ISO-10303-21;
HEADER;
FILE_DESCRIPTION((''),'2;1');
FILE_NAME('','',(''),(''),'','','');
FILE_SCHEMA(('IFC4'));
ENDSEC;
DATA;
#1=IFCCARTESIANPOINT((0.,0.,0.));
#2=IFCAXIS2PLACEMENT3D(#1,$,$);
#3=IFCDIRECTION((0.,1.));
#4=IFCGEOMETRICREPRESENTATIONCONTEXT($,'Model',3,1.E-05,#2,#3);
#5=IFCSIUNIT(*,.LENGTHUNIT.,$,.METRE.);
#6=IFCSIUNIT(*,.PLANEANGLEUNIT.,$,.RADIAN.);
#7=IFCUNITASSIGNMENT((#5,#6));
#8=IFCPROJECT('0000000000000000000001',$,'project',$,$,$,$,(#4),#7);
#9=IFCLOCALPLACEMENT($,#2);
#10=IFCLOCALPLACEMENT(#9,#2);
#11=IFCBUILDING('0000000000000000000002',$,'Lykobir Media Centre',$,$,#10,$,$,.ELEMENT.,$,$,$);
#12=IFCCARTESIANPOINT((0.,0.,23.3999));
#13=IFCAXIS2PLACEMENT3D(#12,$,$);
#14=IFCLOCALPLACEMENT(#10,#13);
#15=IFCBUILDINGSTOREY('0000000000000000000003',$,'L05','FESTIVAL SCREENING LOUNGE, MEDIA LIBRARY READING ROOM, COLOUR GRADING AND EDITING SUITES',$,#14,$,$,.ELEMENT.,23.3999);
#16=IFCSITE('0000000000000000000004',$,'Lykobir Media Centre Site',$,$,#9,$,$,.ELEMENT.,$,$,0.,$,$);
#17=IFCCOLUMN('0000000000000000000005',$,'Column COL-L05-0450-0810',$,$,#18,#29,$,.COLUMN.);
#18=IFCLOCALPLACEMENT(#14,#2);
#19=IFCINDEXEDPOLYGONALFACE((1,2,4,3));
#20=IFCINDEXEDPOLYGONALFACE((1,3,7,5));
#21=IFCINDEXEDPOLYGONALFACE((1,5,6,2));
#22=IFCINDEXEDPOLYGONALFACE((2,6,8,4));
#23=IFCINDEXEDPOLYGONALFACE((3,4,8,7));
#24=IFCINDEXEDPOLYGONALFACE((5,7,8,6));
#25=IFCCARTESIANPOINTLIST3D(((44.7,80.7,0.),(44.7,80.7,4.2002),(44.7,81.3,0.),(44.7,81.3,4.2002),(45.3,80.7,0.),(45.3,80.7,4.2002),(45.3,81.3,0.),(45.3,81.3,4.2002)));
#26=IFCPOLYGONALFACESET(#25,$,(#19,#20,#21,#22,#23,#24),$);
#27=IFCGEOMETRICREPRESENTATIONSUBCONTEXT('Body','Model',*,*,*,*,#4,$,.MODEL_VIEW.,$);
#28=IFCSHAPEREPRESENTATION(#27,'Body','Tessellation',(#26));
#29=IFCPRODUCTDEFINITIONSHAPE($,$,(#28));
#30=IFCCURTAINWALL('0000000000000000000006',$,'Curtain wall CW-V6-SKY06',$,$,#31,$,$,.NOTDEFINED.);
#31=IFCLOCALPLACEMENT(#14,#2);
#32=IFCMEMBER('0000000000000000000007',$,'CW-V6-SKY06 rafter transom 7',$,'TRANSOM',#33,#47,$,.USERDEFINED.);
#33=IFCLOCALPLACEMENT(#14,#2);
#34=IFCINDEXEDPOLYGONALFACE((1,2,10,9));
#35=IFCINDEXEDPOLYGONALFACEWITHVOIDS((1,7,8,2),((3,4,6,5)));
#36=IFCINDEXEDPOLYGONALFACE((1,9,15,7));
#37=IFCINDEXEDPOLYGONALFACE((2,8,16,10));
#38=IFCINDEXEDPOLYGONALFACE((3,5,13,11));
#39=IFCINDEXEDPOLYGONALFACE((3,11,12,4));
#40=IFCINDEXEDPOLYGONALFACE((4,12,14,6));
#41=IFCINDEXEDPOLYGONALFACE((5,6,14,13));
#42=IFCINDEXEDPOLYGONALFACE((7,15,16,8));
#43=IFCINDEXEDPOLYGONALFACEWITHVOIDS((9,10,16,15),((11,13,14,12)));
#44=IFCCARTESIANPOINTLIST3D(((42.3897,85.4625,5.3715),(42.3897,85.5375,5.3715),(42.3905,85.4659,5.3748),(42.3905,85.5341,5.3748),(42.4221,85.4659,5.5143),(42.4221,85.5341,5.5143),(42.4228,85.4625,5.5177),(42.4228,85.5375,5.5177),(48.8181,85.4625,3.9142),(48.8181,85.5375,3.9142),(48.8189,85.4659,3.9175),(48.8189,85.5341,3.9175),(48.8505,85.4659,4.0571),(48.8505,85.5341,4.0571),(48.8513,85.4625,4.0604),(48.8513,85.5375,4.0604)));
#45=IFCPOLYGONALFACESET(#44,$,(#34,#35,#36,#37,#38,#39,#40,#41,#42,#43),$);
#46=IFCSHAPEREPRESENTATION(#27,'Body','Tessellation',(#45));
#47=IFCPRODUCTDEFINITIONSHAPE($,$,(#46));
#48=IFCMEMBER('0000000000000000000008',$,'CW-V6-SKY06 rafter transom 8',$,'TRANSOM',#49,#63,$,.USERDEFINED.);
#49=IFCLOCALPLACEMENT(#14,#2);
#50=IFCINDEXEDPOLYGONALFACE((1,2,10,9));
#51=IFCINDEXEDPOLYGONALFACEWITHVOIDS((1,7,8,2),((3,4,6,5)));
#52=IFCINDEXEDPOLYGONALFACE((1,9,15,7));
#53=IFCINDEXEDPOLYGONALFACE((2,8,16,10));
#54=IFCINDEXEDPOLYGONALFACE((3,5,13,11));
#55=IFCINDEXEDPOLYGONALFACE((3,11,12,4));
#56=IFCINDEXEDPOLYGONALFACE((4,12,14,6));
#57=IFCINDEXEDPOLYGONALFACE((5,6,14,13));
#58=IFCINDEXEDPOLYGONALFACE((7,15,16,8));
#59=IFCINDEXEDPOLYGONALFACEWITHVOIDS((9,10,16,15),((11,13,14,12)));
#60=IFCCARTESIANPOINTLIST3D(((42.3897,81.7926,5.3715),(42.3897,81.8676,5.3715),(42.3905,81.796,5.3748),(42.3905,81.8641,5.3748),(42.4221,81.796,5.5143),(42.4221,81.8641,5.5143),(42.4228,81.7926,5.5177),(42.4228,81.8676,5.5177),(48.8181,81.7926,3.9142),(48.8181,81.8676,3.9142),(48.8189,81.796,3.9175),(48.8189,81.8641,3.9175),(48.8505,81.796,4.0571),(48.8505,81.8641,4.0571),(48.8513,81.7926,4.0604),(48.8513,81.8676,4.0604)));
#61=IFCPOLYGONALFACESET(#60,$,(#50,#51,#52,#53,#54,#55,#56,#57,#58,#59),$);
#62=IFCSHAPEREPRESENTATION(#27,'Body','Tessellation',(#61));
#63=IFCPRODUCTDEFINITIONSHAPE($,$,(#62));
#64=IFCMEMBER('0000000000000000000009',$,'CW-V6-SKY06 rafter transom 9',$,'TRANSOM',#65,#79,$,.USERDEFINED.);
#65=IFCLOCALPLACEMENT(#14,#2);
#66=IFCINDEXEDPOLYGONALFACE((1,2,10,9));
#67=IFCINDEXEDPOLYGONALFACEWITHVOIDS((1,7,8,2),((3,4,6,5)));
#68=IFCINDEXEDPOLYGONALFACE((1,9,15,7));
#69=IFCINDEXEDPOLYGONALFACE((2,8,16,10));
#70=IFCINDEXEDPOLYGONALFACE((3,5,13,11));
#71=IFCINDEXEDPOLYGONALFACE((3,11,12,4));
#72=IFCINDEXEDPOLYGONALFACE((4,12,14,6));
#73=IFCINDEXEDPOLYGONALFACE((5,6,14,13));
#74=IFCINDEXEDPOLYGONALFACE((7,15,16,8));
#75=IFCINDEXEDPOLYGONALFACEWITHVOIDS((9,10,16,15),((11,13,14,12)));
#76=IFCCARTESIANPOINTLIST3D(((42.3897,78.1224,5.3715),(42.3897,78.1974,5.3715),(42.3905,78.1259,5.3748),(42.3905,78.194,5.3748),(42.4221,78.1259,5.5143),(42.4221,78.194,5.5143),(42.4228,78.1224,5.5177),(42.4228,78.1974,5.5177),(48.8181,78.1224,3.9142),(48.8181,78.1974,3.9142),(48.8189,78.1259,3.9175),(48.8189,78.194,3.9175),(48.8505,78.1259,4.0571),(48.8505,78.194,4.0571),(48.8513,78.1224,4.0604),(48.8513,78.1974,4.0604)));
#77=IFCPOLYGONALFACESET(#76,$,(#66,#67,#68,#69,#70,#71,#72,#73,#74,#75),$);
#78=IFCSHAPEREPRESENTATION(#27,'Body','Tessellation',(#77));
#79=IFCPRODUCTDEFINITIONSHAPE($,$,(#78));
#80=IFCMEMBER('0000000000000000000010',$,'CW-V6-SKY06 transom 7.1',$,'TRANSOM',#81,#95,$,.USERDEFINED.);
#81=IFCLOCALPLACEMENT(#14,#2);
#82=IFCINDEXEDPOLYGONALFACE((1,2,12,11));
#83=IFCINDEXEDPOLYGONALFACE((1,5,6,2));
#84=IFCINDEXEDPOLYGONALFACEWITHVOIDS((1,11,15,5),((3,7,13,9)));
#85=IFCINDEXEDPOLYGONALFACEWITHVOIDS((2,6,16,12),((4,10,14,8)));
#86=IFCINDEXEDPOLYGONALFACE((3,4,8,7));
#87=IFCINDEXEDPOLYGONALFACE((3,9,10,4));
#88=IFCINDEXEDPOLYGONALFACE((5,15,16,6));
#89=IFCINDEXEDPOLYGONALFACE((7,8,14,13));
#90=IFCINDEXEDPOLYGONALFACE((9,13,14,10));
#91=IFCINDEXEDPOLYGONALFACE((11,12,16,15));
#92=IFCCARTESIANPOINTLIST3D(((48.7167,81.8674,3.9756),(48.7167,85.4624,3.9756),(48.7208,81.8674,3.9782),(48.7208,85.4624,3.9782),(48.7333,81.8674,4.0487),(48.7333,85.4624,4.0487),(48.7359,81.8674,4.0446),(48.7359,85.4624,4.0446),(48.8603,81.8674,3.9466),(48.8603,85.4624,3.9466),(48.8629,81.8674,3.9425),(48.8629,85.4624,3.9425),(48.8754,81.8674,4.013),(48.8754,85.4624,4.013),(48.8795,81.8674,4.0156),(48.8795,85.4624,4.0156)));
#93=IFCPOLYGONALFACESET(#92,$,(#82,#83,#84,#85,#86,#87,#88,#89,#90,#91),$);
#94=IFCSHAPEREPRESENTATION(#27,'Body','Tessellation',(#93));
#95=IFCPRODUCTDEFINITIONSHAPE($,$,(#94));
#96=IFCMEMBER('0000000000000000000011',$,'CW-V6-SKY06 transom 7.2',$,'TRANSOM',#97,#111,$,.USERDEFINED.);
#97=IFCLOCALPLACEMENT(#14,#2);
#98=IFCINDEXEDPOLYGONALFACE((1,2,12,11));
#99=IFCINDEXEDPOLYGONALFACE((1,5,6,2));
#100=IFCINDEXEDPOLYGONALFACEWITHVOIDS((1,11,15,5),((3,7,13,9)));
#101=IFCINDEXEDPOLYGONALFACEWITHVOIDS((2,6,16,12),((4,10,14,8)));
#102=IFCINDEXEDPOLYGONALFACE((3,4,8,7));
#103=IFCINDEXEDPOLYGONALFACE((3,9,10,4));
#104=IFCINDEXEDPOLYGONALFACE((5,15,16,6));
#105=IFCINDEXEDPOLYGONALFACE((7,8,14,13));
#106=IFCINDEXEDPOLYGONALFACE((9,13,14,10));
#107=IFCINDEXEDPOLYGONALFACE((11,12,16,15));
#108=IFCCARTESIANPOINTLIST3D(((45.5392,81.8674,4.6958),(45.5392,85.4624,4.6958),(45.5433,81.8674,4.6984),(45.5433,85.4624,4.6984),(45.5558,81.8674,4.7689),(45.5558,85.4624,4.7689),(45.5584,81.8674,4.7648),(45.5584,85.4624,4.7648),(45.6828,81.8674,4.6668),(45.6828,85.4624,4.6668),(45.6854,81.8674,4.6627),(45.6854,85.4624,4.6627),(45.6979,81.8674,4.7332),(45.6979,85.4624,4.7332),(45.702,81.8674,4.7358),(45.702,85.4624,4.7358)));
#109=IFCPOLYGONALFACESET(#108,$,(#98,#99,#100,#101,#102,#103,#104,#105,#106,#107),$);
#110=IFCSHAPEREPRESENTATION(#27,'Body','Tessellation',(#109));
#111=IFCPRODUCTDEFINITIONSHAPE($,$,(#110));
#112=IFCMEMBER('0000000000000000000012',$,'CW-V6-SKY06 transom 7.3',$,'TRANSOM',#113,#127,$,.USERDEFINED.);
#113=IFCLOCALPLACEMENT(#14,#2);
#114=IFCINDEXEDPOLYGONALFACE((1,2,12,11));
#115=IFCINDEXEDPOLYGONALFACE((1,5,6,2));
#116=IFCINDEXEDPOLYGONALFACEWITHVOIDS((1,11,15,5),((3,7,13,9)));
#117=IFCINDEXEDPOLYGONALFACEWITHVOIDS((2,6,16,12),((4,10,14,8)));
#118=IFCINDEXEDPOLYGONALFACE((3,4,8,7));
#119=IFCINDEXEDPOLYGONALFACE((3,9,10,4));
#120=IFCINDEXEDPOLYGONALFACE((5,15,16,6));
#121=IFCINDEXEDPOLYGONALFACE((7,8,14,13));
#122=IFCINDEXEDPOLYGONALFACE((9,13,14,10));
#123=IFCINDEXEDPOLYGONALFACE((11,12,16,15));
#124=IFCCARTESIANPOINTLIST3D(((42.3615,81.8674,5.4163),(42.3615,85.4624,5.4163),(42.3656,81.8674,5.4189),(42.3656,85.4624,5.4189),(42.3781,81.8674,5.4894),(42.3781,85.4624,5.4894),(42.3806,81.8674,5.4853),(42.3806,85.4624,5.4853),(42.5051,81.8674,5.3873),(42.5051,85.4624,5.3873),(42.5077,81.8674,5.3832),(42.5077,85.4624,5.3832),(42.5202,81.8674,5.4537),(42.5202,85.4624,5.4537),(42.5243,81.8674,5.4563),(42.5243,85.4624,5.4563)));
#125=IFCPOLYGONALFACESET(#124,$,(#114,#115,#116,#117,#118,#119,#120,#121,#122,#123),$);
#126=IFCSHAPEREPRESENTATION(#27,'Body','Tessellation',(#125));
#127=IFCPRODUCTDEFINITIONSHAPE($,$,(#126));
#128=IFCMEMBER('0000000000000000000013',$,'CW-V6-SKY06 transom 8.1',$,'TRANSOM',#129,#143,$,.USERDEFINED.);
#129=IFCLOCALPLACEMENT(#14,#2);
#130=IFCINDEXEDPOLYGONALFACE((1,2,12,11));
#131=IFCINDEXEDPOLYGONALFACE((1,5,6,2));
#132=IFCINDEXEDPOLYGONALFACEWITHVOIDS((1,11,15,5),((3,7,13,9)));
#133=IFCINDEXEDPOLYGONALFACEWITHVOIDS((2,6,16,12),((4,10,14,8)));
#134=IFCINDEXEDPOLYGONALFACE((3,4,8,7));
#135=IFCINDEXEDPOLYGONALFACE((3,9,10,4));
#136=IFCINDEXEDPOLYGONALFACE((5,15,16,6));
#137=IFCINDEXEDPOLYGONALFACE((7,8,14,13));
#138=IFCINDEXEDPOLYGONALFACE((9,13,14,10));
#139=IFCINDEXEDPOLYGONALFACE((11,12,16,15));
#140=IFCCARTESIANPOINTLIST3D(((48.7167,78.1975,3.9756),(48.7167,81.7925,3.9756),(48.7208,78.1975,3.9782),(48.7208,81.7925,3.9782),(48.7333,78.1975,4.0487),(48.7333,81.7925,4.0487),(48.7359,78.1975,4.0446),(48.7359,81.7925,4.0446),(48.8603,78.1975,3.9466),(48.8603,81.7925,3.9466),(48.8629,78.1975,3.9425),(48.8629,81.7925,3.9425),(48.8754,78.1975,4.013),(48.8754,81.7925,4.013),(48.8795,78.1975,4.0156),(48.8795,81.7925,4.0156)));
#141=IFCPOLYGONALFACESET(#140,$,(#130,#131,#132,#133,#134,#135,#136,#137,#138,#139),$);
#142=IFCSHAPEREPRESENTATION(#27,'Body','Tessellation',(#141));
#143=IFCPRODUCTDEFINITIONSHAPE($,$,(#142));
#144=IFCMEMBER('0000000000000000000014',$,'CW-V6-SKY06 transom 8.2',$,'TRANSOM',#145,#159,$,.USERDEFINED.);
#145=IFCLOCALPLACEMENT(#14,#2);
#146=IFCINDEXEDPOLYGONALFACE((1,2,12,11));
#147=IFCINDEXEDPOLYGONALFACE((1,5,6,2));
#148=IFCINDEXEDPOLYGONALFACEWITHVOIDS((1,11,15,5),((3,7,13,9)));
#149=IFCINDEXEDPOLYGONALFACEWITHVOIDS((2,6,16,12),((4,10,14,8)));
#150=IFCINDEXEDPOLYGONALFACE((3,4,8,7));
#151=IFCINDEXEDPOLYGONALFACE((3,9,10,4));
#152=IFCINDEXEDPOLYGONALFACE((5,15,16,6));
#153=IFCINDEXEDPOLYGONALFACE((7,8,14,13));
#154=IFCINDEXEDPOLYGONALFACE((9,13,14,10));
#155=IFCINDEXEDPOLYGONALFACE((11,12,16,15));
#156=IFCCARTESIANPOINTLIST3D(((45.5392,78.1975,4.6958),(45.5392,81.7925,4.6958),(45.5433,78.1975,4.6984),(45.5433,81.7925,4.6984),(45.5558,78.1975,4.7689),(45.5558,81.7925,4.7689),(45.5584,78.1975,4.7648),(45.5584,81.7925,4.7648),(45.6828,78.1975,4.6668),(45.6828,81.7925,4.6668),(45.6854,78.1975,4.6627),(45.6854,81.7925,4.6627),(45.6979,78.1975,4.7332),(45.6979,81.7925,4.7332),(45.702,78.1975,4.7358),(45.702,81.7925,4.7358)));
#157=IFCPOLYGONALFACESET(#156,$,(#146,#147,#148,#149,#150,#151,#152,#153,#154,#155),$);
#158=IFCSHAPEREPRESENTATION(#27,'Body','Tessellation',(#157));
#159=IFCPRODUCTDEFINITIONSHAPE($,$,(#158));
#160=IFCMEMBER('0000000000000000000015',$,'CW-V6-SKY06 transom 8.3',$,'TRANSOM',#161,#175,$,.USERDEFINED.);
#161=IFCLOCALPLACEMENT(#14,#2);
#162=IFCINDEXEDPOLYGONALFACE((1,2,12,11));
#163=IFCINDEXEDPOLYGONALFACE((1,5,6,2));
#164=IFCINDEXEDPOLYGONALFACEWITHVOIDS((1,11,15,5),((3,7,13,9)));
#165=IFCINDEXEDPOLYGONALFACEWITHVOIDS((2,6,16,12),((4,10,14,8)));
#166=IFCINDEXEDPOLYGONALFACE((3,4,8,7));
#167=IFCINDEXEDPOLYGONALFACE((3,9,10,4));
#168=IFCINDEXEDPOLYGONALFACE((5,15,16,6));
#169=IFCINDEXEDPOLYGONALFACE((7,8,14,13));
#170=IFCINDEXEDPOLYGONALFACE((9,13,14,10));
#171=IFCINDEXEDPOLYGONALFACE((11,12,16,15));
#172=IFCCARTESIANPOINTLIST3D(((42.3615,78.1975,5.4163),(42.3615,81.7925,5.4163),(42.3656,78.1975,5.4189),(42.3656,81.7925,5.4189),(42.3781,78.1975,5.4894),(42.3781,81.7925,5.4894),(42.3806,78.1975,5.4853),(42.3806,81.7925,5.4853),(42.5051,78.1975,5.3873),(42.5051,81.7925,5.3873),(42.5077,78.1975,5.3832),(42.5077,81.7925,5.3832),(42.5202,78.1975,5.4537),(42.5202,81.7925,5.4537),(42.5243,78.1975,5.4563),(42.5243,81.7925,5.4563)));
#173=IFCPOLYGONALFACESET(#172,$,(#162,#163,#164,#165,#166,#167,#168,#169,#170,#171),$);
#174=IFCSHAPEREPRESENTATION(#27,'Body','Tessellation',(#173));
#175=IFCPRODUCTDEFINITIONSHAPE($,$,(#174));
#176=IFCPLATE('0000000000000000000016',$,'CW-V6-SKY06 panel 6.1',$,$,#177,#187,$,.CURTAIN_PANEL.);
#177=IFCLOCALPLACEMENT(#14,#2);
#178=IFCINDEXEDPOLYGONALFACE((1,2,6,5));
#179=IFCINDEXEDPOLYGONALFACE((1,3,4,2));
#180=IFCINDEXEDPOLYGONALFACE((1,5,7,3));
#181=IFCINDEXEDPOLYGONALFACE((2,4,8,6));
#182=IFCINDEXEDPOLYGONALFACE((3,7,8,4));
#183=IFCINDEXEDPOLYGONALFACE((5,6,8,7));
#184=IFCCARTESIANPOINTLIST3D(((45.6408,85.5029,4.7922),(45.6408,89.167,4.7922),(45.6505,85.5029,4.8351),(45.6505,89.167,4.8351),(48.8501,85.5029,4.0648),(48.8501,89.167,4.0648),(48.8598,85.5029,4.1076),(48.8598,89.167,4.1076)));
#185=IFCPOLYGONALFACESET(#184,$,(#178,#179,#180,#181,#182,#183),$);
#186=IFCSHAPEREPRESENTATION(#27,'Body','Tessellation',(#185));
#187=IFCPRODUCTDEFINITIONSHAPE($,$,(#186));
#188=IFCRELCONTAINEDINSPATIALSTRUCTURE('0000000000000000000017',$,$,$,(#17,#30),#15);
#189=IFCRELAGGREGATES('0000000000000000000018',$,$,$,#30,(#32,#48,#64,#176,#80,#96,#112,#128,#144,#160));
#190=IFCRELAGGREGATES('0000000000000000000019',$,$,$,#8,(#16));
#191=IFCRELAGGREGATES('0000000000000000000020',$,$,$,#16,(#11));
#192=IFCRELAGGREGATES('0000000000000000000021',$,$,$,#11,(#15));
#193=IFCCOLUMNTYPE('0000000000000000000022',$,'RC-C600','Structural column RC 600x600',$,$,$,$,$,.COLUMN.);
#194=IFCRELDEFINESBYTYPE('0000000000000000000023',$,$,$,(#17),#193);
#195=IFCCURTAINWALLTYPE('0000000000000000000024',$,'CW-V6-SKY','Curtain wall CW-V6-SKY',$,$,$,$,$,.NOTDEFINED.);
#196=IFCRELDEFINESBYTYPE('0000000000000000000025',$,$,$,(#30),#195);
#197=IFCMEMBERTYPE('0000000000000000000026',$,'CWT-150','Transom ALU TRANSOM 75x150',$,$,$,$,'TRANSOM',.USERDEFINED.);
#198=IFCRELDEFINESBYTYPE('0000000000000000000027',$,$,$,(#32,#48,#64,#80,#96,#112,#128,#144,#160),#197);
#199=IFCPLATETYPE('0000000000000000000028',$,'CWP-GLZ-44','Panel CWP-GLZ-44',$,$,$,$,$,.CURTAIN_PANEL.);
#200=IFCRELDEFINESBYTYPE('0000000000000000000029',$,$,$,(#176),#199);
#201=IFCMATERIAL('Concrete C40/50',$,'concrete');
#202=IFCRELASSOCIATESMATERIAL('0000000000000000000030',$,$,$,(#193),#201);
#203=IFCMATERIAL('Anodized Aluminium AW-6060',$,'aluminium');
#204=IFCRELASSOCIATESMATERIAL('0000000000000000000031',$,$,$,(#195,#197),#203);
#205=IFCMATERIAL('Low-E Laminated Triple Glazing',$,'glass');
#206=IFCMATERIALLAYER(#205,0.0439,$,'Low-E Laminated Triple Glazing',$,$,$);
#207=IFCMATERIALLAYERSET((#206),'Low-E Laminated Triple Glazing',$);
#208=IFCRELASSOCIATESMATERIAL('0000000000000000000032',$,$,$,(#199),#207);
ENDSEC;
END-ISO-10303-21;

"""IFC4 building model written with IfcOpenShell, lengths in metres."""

from ifc_helpers import new_model, si_unit, direction, frame, origin, origin_2d, place, context, subcontext, project, spatial, rectangle, hollow_rectangle, extrude, material, layer, layer_set, material_profile, profile_set, type_object, element, aggregate, save


model = new_model("IFC4")

# Units and contexts
model_context = context("Model", 3, precision=1e-05, world=origin(), true_north=direction((0.0, 1.0)))
body_context = subcontext(model_context, "Body", "Model", "MODEL_VIEW")
ifc_project = project(units=[si_unit("LENGTHUNIT", "METRE"), si_unit("PLANEANGLEUNIT", "RADIAN")], contexts=[model_context])

# Site, building, storey
site_placement = place(None, origin())
site = spatial("IfcSite", under=ifc_project, at=site_placement, Name="Lykobir Media Centre Site", CompositionType="ELEMENT", RefElevation=0.0)
building_placement = place(site_placement, origin())
building = spatial("IfcBuilding", under=site, at=building_placement, Name="Lykobir Media Centre", CompositionType="ELEMENT")
storey_placement = place(building_placement, frame((0.0, 0.0, 23.3999)))
storey = spatial("IfcBuildingStorey", under=building, at=storey_placement, Name="L05", Description="FESTIVAL SCREENING LOUNGE, MEDIA LIBRARY READING ROOM, COLOUR GRADING AND EDITING SUITES", CompositionType="ELEMENT", Elevation=23.3999)

# Column
ifc_material_1 = material(Name="Concrete C40/50", Category="concrete")
ifc_material_profile_1 = material_profile(ifc_material_1, rectangle(XDim=0.6001, YDim=0.6001, at=origin_2d()), Name="RC 600x600")
ifc_profile_set_1 = profile_set([ifc_material_profile_1], Name="Concrete C40/50")
column_type = type_object("IfcColumnType", Name="RC-C600", Description="Structural column RC 600x600", PredefinedType="COLUMN", material=ifc_profile_set_1)
column_placement = place(storey_placement, frame((45.0, 81.0, 0.0), z_axis=(0.0, 0.0, 1.0), x_axis=(1.0, 0.0, 0.0)))
element("IfcColumn", 1, at=column_placement, inside=storey, type_object=column_type, Name="Column COL-L05-0450-0810", PredefinedType="COLUMN", context=body_context, shape_type="SweptSolid", body=[
    extrude(rectangle(XDim=0.6001, YDim=0.6001, at=origin_2d()), origin(), (0.0, 0.0, 1.0), 4.2002),
])

# Curtain wall, members, plate
ifc_material_2 = material(Name="Anodized Aluminium AW-6060", Category="aluminium")
curtain_wall_type = type_object("IfcCurtainWallType", Name="CW-V6-SKY", Description="Curtain wall CW-V6-SKY", PredefinedType="NOTDEFINED", material=ifc_material_2)
curtain_wall_1_placement = place(storey_placement, origin())
curtain_wall_1 = element("IfcCurtainWall", 2, at=curtain_wall_1_placement, inside=storey, type_object=curtain_wall_type, Name="Curtain wall CW-V6-SKY06", PredefinedType="NOTDEFINED")
ifc_material_profile_2 = material_profile(ifc_material_2, hollow_rectangle(XDim=0.075, YDim=0.1499, WallThickness=0.0034, at=origin_2d()), Name="ALU TRANSOM 75x150")
ifc_profile_set_2 = profile_set([ifc_material_profile_2], Name="Anodized Aluminium AW-6060")
member_type = type_object("IfcMemberType", Name="CWT-150", Description="Transom ALU TRANSOM 75x150", ElementType="TRANSOM", PredefinedType="USERDEFINED", material=ifc_profile_set_2)
member_1_placement = place(storey_placement, frame((48.8347, 85.5, 3.9873), z_axis=(-0.975255, 0.0, 0.221082), x_axis=(0.0, -1.0, 0.0)))
member_1 = element("IfcMember", 3, at=member_1_placement, type_object=member_type, Name="CW-V6-SKY06 rafter transom 7", ObjectType="TRANSOM", PredefinedType="USERDEFINED", context=body_context, shape_type="SweptSolid", body=[
    extrude(hollow_rectangle(XDim=0.075, YDim=0.1499, WallThickness=0.0034, at=origin_2d()), origin(), (0.0, 0.0, 1.0), 6.5916),
])
member_2_placement = place(storey_placement, frame((48.8347, 81.8301, 3.9873), z_axis=(-0.975255, 0.0, 0.221082), x_axis=(0.0, -1.0, 0.0)))
member_2 = element("IfcMember", 4, at=member_2_placement, type_object=member_type, Name="CW-V6-SKY06 rafter transom 8", ObjectType="TRANSOM", PredefinedType="USERDEFINED", context=body_context, shape_type="SweptSolid", body=[
    extrude(hollow_rectangle(XDim=0.075, YDim=0.1499, WallThickness=0.0034, at=origin_2d()), origin(), (0.0, 0.0, 1.0), 6.5916),
])
member_3_placement = place(storey_placement, frame((48.8347, 78.1599, 3.9873), z_axis=(-0.975255, 0.0, 0.221082), x_axis=(0.0, -1.0, 0.0)))
member_3 = element("IfcMember", 5, at=member_3_placement, type_object=member_type, Name="CW-V6-SKY06 rafter transom 9", ObjectType="TRANSOM", PredefinedType="USERDEFINED", context=body_context, shape_type="SweptSolid", body=[
    extrude(hollow_rectangle(XDim=0.075, YDim=0.1499, WallThickness=0.0034, at=origin_2d()), origin(), (0.0, 0.0, 1.0), 6.5916),
])
member_4_placement = place(storey_placement, frame((48.7981, 85.4624, 3.9956), z_axis=(0.0, -1.0, 0.0), x_axis=(0.221072, 0.0, 0.975258)))
member_4 = element("IfcMember", 6, at=member_4_placement, type_object=member_type, Name="CW-V6-SKY06 transom 7.1", ObjectType="TRANSOM", PredefinedType="USERDEFINED", context=body_context, shape_type="SweptSolid", body=[
    extrude(hollow_rectangle(XDim=0.075, YDim=0.1499, WallThickness=0.0034, at=origin_2d()), origin(), (0.0, 0.0, 1.0), 3.595),
])
member_5_placement = place(storey_placement, frame((45.6206, 85.4624, 4.7158), z_axis=(0.0, -1.0, 0.0), x_axis=(0.221072, 0.0, 0.975258)))
member_5 = element("IfcMember", 7, at=member_5_placement, type_object=member_type, Name="CW-V6-SKY06 transom 7.2", ObjectType="TRANSOM", PredefinedType="USERDEFINED", context=body_context, shape_type="SweptSolid", body=[
    extrude(hollow_rectangle(XDim=0.075, YDim=0.1499, WallThickness=0.0034, at=origin_2d()), origin(), (0.0, 0.0, 1.0), 3.595),
])
member_6_placement = place(storey_placement, frame((42.4429, 85.4624, 5.4363), z_axis=(0.0, -1.0, 0.0), x_axis=(0.221072, 0.0, 0.975258)))
member_6 = element("IfcMember", 8, at=member_6_placement, type_object=member_type, Name="CW-V6-SKY06 transom 7.3", ObjectType="TRANSOM", PredefinedType="USERDEFINED", context=body_context, shape_type="SweptSolid", body=[
    extrude(hollow_rectangle(XDim=0.075, YDim=0.1499, WallThickness=0.0034, at=origin_2d()), origin(), (0.0, 0.0, 1.0), 3.595),
])
member_7_placement = place(storey_placement, frame((48.7981, 81.7925, 3.9956), z_axis=(0.0, -1.0, 0.0), x_axis=(0.221072, 0.0, 0.975258)))
member_7 = element("IfcMember", 9, at=member_7_placement, type_object=member_type, Name="CW-V6-SKY06 transom 8.1", ObjectType="TRANSOM", PredefinedType="USERDEFINED", context=body_context, shape_type="SweptSolid", body=[
    extrude(hollow_rectangle(XDim=0.075, YDim=0.1499, WallThickness=0.0034, at=origin_2d()), origin(), (0.0, 0.0, 1.0), 3.595),
])
member_8_placement = place(storey_placement, frame((45.6206, 81.7925, 4.7158), z_axis=(0.0, -1.0, 0.0), x_axis=(0.221072, 0.0, 0.975258)))
member_8 = element("IfcMember", 10, at=member_8_placement, type_object=member_type, Name="CW-V6-SKY06 transom 8.2", ObjectType="TRANSOM", PredefinedType="USERDEFINED", context=body_context, shape_type="SweptSolid", body=[
    extrude(hollow_rectangle(XDim=0.075, YDim=0.1499, WallThickness=0.0034, at=origin_2d()), origin(), (0.0, 0.0, 1.0), 3.595),
])
member_9_placement = place(storey_placement, frame((42.4429, 81.7925, 5.4363), z_axis=(0.0, -1.0, 0.0), x_axis=(0.221072, 0.0, 0.975258)))
member_9 = element("IfcMember", 11, at=member_9_placement, type_object=member_type, Name="CW-V6-SKY06 transom 8.3", ObjectType="TRANSOM", PredefinedType="USERDEFINED", context=body_context, shape_type="SweptSolid", body=[
    extrude(hollow_rectangle(XDim=0.075, YDim=0.1499, WallThickness=0.0034, at=origin_2d()), origin(), (0.0, 0.0, 1.0), 3.595),
])
ifc_material_3 = material(Name="Low-E Laminated Triple Glazing", Category="glass")
ifc_layer_1 = layer(ifc_material_3, 0.0439, Name="Low-E Laminated Triple Glazing")
ifc_layer_set_1 = layer_set([ifc_layer_1], Name="Low-E Laminated Triple Glazing")
plate_type = type_object("IfcPlateType", Name="CWP-GLZ-44", Description="Panel CWP-GLZ-44", PredefinedType="CURTAIN_PANEL", material=ifc_layer_set_1)
plate_1_placement = place(storey_placement, frame((48.855, 87.335, 4.0862), z_axis=(-0.975258, 0.0, 0.221072), x_axis=(0.0, -1.0, 0.0)))
plate_1 = element("IfcPlate", 12, at=plate_1_placement, type_object=plate_type, Name="CW-V6-SKY06 panel 6.1", PredefinedType="CURTAIN_PANEL", context=body_context, shape_type="SweptSolid", body=[
    extrude(rectangle(XDim=3.6641, YDim=0.0439, at=origin_2d()), origin(), (0.0, 0.0, 1.0), 3.2908),
])
aggregate(curtain_wall_1, [member_1, member_2, member_3, plate_1, member_4, member_5, member_6, member_7, member_8, member_9])

save(model, "model.ifc")
